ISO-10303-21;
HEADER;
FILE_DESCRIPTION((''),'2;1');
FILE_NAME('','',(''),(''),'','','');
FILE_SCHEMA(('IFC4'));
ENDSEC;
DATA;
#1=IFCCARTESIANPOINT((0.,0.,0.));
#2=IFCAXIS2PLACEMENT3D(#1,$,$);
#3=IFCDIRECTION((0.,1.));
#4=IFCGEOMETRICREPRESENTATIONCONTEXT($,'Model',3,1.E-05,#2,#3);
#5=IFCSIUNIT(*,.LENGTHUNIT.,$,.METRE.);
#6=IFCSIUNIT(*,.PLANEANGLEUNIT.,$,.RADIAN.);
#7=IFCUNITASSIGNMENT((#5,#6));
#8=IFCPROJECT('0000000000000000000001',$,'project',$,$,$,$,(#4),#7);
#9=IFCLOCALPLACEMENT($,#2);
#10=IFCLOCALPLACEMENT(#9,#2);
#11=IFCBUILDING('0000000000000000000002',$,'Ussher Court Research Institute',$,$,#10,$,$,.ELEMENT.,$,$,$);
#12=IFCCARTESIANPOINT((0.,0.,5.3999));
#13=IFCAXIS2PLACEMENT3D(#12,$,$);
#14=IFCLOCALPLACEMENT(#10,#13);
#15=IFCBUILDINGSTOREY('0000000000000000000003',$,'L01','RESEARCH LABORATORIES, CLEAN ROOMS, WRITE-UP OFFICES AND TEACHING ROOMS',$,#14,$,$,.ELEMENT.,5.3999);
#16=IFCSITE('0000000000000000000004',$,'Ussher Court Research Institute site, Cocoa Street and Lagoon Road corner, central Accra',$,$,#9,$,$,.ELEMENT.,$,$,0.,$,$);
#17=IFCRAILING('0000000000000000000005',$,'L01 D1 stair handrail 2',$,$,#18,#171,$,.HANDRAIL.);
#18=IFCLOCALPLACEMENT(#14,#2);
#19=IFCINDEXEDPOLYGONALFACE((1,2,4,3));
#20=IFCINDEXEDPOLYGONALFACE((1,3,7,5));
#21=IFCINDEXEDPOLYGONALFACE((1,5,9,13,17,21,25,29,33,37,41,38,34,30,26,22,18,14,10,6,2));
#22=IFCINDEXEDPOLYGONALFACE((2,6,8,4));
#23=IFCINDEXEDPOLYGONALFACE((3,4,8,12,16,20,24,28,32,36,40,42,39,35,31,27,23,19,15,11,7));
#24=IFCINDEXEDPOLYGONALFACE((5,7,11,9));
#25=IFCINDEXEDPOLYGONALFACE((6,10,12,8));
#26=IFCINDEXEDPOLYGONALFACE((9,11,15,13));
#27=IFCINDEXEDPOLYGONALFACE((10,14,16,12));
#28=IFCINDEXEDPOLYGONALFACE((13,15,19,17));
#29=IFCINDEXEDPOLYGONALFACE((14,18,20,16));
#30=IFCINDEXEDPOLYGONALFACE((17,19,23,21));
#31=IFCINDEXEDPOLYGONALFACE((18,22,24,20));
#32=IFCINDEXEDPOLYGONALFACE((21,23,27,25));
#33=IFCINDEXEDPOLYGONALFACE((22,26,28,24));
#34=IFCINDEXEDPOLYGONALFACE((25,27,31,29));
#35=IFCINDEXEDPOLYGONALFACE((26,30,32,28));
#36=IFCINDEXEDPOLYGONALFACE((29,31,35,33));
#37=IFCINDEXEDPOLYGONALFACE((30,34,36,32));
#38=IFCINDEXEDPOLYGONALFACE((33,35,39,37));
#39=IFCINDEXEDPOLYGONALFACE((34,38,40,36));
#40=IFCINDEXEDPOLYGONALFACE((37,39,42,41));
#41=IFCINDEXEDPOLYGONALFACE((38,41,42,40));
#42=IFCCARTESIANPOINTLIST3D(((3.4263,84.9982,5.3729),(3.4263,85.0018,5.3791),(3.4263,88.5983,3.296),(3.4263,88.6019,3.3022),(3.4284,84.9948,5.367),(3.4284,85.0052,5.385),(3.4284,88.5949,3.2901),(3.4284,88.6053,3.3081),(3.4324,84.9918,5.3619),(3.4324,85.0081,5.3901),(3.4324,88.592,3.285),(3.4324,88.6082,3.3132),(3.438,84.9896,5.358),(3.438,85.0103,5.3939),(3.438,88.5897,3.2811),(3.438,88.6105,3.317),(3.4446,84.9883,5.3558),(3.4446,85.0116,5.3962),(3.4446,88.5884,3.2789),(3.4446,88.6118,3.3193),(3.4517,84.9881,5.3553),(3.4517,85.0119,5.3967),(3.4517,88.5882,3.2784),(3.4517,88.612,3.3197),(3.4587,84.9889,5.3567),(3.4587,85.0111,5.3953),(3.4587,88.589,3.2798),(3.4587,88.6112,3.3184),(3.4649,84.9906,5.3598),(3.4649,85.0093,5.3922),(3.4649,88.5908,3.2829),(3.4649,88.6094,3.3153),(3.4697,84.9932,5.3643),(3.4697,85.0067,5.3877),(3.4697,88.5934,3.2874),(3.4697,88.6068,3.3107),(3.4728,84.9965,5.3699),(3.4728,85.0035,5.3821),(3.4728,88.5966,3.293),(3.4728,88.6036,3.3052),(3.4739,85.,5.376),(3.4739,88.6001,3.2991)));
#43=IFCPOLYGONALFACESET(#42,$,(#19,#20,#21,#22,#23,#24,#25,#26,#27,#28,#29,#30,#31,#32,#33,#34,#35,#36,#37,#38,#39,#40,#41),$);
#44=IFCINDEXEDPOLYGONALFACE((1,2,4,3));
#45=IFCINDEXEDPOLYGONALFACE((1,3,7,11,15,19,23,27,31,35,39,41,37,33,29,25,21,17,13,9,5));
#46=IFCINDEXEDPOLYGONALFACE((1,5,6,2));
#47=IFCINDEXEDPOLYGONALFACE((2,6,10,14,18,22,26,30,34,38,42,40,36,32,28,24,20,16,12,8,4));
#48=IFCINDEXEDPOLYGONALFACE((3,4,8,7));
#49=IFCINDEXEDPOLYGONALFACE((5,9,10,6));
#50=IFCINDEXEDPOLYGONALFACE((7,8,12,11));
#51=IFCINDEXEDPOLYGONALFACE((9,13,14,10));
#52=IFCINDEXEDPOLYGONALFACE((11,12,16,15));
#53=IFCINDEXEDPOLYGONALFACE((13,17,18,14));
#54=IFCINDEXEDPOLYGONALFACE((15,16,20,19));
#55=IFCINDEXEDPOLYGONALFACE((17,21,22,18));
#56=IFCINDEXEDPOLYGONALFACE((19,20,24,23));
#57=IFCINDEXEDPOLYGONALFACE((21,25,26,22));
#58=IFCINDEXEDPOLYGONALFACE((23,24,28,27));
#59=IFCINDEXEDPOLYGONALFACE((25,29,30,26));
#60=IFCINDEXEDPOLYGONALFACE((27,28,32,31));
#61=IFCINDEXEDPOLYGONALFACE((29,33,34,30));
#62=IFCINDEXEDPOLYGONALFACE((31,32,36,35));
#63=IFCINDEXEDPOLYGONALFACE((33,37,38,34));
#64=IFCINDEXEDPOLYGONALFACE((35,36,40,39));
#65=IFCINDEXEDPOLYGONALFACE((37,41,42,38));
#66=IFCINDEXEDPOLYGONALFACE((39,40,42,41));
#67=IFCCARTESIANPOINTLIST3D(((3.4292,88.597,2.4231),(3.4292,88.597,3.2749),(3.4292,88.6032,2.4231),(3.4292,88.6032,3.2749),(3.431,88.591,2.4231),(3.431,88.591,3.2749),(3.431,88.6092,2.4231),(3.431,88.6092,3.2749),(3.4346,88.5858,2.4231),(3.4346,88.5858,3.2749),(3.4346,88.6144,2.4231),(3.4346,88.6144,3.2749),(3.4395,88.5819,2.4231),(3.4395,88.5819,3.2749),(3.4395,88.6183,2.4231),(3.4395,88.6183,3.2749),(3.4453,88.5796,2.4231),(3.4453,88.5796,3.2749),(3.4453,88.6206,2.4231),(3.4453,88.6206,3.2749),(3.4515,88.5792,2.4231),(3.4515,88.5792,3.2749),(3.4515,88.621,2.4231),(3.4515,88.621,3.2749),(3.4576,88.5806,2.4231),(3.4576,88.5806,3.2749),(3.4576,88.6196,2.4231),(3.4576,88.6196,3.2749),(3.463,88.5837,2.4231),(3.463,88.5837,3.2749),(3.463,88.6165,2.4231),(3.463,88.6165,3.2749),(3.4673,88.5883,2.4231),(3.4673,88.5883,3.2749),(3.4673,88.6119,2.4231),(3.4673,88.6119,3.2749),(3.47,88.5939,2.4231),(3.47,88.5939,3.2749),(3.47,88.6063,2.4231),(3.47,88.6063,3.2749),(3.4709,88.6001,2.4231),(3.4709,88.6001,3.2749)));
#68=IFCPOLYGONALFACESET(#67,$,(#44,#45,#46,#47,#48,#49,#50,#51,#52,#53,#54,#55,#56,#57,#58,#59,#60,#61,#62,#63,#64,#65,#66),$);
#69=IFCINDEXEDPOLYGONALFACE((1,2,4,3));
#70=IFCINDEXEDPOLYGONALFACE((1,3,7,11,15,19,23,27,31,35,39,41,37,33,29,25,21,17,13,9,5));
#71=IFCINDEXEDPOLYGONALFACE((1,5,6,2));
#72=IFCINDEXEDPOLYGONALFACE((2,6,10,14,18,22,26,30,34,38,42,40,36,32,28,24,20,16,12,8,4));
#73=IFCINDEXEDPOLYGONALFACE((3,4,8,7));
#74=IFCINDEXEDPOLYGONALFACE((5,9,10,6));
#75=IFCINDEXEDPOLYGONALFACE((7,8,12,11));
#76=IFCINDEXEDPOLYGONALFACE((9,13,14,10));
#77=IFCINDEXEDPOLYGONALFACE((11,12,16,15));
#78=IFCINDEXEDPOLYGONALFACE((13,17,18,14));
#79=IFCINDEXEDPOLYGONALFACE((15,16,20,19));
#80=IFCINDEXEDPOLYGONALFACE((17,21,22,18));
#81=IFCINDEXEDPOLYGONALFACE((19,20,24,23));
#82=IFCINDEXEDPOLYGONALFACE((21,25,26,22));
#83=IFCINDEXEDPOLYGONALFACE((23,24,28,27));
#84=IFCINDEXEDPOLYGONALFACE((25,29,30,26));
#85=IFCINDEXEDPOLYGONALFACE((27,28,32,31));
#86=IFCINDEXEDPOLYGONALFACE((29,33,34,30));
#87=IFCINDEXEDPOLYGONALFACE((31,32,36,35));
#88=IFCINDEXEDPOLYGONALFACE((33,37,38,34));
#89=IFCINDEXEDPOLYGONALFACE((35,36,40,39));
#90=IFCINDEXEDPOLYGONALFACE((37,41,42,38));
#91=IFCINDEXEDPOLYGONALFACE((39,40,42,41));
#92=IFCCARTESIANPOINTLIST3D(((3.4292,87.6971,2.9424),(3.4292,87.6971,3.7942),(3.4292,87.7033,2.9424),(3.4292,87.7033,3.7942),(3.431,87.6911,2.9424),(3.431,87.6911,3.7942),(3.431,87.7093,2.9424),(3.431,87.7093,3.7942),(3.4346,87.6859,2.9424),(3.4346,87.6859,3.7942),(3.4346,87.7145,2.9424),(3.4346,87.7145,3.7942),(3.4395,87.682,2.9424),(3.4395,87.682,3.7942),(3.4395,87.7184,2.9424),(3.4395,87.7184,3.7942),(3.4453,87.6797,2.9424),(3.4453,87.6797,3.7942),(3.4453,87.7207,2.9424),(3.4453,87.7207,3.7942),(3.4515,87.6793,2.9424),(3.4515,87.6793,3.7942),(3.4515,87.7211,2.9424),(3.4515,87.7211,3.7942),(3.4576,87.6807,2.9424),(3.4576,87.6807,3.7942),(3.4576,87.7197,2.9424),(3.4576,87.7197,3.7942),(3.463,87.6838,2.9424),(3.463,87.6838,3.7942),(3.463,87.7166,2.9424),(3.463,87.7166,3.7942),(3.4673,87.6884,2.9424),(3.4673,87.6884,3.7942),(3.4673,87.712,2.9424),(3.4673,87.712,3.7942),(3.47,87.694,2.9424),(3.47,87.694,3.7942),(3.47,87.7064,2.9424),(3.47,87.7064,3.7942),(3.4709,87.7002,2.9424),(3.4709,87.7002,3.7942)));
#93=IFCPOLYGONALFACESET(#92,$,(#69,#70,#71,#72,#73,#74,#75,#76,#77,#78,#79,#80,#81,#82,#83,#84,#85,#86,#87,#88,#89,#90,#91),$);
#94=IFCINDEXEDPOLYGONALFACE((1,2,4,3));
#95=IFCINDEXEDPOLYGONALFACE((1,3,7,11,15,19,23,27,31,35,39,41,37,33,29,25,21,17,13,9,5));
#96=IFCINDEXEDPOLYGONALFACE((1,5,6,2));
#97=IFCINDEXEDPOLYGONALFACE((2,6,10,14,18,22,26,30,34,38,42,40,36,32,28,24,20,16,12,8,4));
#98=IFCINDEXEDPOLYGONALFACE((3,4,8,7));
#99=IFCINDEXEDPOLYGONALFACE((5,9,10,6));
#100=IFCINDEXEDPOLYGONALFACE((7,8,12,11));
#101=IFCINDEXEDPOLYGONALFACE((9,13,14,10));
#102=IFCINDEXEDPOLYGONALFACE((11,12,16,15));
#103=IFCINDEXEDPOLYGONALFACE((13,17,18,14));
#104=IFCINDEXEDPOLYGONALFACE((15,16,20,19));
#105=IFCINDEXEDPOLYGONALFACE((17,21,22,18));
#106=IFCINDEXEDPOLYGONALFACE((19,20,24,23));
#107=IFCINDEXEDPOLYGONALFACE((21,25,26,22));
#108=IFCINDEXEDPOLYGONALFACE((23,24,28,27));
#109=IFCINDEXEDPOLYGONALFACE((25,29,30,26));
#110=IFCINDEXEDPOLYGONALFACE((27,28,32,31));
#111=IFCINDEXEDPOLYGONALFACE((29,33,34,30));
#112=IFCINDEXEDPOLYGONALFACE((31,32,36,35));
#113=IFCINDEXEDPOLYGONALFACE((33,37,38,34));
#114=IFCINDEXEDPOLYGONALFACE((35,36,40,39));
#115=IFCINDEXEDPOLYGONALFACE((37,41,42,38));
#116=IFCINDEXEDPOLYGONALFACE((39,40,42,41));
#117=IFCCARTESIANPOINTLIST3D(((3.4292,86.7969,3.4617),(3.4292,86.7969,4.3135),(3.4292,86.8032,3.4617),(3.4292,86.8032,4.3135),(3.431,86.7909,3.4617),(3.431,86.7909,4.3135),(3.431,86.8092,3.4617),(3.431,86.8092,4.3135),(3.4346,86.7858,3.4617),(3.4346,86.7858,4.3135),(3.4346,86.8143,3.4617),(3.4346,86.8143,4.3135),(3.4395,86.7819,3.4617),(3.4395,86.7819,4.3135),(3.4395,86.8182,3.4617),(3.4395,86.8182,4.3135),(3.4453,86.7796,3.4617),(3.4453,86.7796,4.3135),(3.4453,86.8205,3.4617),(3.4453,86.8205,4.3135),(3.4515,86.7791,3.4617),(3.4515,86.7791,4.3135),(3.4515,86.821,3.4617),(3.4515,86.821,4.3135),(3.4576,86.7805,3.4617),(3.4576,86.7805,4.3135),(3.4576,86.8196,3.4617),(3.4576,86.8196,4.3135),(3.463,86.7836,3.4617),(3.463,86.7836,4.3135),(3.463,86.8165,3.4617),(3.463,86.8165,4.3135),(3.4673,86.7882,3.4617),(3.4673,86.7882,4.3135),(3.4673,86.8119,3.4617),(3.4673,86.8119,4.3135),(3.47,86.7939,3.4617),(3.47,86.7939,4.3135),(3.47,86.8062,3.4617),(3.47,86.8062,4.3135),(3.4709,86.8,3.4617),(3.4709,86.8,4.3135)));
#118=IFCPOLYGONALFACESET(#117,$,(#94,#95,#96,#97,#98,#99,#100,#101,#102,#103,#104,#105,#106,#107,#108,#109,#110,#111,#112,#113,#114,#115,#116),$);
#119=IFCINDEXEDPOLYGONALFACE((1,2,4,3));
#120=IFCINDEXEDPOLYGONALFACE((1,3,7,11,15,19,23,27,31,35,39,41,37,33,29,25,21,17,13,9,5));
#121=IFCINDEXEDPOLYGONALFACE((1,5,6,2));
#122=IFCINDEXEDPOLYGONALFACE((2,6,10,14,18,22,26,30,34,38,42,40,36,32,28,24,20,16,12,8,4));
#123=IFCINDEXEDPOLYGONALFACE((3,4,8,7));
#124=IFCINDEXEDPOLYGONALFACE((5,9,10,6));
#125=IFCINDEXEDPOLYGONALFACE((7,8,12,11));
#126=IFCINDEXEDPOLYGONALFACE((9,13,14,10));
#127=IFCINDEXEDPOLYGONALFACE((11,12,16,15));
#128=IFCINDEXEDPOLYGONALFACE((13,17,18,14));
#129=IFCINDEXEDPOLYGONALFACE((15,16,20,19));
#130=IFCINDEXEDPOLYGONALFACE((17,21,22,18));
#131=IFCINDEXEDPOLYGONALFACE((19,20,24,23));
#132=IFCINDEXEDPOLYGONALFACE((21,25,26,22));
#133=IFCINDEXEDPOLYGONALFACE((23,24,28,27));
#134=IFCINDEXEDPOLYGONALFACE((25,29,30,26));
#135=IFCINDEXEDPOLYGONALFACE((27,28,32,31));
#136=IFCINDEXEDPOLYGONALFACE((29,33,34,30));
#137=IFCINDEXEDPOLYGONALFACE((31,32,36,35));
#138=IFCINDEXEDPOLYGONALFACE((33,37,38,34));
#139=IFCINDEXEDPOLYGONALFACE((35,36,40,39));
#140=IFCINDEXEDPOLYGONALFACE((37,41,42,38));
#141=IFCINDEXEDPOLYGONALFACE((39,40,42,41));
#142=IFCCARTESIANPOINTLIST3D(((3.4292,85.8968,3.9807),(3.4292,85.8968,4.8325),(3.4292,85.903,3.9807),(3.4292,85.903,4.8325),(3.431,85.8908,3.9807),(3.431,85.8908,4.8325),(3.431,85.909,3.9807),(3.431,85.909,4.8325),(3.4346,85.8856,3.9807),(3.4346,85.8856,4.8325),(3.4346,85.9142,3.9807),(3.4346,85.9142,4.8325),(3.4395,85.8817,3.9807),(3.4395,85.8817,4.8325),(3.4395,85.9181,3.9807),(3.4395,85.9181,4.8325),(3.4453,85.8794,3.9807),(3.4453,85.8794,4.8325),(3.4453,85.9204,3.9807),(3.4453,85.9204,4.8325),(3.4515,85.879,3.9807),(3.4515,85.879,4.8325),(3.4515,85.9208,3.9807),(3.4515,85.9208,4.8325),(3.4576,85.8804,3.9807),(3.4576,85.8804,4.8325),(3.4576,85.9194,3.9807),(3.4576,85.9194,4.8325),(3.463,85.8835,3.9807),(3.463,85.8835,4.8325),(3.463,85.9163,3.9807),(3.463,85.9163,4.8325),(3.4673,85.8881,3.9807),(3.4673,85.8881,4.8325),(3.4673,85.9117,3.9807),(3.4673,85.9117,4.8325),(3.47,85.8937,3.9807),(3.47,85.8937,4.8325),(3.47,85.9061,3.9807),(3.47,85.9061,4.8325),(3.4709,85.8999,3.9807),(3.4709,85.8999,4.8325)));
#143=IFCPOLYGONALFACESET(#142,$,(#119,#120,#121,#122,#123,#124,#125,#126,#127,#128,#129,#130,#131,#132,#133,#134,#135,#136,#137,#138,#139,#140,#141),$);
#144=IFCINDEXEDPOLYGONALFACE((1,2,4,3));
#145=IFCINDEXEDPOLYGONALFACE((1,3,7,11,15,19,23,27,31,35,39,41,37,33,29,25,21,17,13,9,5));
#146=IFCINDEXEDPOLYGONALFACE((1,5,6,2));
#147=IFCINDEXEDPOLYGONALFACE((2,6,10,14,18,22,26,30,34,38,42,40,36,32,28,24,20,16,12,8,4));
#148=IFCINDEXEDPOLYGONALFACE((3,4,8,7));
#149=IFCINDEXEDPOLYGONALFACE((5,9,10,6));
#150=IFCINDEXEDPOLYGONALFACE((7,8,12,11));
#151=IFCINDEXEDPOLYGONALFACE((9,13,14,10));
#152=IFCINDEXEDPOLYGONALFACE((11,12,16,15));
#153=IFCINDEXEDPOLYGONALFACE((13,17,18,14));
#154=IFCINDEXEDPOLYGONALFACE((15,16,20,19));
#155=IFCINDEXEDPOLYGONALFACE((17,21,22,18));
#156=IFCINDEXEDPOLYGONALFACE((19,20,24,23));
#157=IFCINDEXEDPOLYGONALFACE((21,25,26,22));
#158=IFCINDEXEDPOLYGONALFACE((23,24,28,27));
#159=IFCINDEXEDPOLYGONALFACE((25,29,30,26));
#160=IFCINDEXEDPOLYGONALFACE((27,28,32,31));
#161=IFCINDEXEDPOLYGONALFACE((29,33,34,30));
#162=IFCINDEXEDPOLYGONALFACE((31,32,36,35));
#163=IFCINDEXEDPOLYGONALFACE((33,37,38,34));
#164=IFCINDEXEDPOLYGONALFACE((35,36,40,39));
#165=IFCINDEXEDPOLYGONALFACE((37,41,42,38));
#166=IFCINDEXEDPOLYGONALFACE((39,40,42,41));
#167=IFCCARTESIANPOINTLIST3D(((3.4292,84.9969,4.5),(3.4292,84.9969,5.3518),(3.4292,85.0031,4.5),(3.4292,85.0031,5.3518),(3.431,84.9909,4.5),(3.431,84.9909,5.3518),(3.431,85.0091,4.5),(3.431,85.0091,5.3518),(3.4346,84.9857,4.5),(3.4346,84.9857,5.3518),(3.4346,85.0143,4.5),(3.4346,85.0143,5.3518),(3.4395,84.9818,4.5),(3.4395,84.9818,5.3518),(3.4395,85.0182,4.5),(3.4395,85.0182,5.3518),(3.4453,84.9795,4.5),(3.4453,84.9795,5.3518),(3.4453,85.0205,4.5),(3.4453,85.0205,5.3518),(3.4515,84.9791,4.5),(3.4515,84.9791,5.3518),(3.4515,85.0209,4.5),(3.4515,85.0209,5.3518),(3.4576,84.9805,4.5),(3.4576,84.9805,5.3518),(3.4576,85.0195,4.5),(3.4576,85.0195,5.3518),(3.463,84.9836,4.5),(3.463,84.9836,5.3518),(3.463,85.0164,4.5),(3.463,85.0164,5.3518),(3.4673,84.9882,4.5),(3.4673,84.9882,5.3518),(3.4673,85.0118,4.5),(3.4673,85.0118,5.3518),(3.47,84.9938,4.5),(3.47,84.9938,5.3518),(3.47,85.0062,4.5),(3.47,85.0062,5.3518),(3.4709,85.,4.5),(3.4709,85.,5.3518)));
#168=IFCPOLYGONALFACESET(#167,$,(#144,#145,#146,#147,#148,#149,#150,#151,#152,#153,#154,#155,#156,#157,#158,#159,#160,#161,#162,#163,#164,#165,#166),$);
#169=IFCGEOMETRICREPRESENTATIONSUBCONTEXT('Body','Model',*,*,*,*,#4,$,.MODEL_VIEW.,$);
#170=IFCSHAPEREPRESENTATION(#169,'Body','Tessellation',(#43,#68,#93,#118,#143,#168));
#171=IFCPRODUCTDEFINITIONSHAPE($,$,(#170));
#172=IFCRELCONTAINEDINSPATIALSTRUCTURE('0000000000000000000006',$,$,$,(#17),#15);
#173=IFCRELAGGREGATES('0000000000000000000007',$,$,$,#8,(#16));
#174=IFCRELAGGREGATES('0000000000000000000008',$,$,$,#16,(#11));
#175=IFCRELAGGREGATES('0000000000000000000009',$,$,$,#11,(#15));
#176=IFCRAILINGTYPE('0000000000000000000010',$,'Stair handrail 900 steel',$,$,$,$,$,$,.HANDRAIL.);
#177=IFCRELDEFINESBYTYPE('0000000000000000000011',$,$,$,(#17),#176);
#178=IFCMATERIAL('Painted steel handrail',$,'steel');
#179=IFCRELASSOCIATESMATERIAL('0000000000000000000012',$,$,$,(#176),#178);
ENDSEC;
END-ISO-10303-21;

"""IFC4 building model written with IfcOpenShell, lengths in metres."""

from ifc_helpers import new_model, si_unit, direction, frame, origin, origin_2d, place, context, subcontext, project, spatial, circle, extrude, material, type_object, element, save


model = new_model("IFC4")

# Units and contexts
model_context = context("Model", 3, precision=1e-05, world=origin(), true_north=direction((0.0, 1.0)))
body_context = subcontext(model_context, "Body", "Model", "MODEL_VIEW")
ifc_project = project(units=[si_unit("LENGTHUNIT", "METRE"), si_unit("PLANEANGLEUNIT", "RADIAN")], contexts=[model_context])

# Site, building, storey
site_placement = place(None, origin())
site = spatial("IfcSite", under=ifc_project, at=site_placement, Name="Ussher Court Research Institute site, Cocoa Street and Lagoon Road corner, central Accra", CompositionType="ELEMENT", RefElevation=0.0)
building_placement = place(site_placement, origin())
building = spatial("IfcBuilding", under=site, at=building_placement, Name="Ussher Court Research Institute", CompositionType="ELEMENT")
storey_placement = place(building_placement, frame((0.0, 0.0, 5.3999)))
storey = spatial("IfcBuildingStorey", under=building, at=storey_placement, Name="L01", Description="RESEARCH LABORATORIES, CLEAN ROOMS, WRITE-UP OFFICES AND TEACHING ROOMS", CompositionType="ELEMENT", Elevation=5.3999)

# Railing
ifc_material_1 = material(Name="Painted steel handrail", Category="steel")
railing_type_1 = type_object("IfcRailingType", Name="Stair handrail 900 steel", PredefinedType="HANDRAIL", material=ifc_material_1)
railing_1_placement = place(storey_placement, frame((3.45, 88.6001, 2.4231)))
element("IfcRailing", 1, at=railing_1_placement, inside=storey, type_object=railing_type_1, Name="L01 D1 stair handrail 2", PredefinedType="HANDRAIL", context=body_context, shape_type="SweptSolid", body=[
    extrude(circle(Radius=0.0239, at=origin_2d()), frame((0.0, 0.0, 0.876), z_axis=(0.0, -0.866193, 0.499709), x_axis=(1.0, 0.0, 0.0)), (0.0, 0.0, 1.0), 4.1562),
    extrude(circle(Radius=0.021, at=origin_2d()), origin(), (0.0, 0.0, 1.0), 0.8518),
    extrude(circle(Radius=0.021, at=origin_2d()), frame((0.0, -0.8999, 0.5193)), (0.0, 0.0, 1.0), 0.8518),
    extrude(circle(Radius=0.021, at=origin_2d()), frame((0.0, -1.8, 1.0386)), (0.0, 0.0, 1.0), 0.8518),
    extrude(circle(Radius=0.021, at=origin_2d()), frame((0.0, -2.7002, 1.5576)), (0.0, 0.0, 1.0), 0.8518),
    extrude(circle(Radius=0.021, at=origin_2d()), frame((0.0, -3.6001, 2.0769)), (0.0, 0.0, 1.0), 0.8518),
])

save(model, "model.ifc")
